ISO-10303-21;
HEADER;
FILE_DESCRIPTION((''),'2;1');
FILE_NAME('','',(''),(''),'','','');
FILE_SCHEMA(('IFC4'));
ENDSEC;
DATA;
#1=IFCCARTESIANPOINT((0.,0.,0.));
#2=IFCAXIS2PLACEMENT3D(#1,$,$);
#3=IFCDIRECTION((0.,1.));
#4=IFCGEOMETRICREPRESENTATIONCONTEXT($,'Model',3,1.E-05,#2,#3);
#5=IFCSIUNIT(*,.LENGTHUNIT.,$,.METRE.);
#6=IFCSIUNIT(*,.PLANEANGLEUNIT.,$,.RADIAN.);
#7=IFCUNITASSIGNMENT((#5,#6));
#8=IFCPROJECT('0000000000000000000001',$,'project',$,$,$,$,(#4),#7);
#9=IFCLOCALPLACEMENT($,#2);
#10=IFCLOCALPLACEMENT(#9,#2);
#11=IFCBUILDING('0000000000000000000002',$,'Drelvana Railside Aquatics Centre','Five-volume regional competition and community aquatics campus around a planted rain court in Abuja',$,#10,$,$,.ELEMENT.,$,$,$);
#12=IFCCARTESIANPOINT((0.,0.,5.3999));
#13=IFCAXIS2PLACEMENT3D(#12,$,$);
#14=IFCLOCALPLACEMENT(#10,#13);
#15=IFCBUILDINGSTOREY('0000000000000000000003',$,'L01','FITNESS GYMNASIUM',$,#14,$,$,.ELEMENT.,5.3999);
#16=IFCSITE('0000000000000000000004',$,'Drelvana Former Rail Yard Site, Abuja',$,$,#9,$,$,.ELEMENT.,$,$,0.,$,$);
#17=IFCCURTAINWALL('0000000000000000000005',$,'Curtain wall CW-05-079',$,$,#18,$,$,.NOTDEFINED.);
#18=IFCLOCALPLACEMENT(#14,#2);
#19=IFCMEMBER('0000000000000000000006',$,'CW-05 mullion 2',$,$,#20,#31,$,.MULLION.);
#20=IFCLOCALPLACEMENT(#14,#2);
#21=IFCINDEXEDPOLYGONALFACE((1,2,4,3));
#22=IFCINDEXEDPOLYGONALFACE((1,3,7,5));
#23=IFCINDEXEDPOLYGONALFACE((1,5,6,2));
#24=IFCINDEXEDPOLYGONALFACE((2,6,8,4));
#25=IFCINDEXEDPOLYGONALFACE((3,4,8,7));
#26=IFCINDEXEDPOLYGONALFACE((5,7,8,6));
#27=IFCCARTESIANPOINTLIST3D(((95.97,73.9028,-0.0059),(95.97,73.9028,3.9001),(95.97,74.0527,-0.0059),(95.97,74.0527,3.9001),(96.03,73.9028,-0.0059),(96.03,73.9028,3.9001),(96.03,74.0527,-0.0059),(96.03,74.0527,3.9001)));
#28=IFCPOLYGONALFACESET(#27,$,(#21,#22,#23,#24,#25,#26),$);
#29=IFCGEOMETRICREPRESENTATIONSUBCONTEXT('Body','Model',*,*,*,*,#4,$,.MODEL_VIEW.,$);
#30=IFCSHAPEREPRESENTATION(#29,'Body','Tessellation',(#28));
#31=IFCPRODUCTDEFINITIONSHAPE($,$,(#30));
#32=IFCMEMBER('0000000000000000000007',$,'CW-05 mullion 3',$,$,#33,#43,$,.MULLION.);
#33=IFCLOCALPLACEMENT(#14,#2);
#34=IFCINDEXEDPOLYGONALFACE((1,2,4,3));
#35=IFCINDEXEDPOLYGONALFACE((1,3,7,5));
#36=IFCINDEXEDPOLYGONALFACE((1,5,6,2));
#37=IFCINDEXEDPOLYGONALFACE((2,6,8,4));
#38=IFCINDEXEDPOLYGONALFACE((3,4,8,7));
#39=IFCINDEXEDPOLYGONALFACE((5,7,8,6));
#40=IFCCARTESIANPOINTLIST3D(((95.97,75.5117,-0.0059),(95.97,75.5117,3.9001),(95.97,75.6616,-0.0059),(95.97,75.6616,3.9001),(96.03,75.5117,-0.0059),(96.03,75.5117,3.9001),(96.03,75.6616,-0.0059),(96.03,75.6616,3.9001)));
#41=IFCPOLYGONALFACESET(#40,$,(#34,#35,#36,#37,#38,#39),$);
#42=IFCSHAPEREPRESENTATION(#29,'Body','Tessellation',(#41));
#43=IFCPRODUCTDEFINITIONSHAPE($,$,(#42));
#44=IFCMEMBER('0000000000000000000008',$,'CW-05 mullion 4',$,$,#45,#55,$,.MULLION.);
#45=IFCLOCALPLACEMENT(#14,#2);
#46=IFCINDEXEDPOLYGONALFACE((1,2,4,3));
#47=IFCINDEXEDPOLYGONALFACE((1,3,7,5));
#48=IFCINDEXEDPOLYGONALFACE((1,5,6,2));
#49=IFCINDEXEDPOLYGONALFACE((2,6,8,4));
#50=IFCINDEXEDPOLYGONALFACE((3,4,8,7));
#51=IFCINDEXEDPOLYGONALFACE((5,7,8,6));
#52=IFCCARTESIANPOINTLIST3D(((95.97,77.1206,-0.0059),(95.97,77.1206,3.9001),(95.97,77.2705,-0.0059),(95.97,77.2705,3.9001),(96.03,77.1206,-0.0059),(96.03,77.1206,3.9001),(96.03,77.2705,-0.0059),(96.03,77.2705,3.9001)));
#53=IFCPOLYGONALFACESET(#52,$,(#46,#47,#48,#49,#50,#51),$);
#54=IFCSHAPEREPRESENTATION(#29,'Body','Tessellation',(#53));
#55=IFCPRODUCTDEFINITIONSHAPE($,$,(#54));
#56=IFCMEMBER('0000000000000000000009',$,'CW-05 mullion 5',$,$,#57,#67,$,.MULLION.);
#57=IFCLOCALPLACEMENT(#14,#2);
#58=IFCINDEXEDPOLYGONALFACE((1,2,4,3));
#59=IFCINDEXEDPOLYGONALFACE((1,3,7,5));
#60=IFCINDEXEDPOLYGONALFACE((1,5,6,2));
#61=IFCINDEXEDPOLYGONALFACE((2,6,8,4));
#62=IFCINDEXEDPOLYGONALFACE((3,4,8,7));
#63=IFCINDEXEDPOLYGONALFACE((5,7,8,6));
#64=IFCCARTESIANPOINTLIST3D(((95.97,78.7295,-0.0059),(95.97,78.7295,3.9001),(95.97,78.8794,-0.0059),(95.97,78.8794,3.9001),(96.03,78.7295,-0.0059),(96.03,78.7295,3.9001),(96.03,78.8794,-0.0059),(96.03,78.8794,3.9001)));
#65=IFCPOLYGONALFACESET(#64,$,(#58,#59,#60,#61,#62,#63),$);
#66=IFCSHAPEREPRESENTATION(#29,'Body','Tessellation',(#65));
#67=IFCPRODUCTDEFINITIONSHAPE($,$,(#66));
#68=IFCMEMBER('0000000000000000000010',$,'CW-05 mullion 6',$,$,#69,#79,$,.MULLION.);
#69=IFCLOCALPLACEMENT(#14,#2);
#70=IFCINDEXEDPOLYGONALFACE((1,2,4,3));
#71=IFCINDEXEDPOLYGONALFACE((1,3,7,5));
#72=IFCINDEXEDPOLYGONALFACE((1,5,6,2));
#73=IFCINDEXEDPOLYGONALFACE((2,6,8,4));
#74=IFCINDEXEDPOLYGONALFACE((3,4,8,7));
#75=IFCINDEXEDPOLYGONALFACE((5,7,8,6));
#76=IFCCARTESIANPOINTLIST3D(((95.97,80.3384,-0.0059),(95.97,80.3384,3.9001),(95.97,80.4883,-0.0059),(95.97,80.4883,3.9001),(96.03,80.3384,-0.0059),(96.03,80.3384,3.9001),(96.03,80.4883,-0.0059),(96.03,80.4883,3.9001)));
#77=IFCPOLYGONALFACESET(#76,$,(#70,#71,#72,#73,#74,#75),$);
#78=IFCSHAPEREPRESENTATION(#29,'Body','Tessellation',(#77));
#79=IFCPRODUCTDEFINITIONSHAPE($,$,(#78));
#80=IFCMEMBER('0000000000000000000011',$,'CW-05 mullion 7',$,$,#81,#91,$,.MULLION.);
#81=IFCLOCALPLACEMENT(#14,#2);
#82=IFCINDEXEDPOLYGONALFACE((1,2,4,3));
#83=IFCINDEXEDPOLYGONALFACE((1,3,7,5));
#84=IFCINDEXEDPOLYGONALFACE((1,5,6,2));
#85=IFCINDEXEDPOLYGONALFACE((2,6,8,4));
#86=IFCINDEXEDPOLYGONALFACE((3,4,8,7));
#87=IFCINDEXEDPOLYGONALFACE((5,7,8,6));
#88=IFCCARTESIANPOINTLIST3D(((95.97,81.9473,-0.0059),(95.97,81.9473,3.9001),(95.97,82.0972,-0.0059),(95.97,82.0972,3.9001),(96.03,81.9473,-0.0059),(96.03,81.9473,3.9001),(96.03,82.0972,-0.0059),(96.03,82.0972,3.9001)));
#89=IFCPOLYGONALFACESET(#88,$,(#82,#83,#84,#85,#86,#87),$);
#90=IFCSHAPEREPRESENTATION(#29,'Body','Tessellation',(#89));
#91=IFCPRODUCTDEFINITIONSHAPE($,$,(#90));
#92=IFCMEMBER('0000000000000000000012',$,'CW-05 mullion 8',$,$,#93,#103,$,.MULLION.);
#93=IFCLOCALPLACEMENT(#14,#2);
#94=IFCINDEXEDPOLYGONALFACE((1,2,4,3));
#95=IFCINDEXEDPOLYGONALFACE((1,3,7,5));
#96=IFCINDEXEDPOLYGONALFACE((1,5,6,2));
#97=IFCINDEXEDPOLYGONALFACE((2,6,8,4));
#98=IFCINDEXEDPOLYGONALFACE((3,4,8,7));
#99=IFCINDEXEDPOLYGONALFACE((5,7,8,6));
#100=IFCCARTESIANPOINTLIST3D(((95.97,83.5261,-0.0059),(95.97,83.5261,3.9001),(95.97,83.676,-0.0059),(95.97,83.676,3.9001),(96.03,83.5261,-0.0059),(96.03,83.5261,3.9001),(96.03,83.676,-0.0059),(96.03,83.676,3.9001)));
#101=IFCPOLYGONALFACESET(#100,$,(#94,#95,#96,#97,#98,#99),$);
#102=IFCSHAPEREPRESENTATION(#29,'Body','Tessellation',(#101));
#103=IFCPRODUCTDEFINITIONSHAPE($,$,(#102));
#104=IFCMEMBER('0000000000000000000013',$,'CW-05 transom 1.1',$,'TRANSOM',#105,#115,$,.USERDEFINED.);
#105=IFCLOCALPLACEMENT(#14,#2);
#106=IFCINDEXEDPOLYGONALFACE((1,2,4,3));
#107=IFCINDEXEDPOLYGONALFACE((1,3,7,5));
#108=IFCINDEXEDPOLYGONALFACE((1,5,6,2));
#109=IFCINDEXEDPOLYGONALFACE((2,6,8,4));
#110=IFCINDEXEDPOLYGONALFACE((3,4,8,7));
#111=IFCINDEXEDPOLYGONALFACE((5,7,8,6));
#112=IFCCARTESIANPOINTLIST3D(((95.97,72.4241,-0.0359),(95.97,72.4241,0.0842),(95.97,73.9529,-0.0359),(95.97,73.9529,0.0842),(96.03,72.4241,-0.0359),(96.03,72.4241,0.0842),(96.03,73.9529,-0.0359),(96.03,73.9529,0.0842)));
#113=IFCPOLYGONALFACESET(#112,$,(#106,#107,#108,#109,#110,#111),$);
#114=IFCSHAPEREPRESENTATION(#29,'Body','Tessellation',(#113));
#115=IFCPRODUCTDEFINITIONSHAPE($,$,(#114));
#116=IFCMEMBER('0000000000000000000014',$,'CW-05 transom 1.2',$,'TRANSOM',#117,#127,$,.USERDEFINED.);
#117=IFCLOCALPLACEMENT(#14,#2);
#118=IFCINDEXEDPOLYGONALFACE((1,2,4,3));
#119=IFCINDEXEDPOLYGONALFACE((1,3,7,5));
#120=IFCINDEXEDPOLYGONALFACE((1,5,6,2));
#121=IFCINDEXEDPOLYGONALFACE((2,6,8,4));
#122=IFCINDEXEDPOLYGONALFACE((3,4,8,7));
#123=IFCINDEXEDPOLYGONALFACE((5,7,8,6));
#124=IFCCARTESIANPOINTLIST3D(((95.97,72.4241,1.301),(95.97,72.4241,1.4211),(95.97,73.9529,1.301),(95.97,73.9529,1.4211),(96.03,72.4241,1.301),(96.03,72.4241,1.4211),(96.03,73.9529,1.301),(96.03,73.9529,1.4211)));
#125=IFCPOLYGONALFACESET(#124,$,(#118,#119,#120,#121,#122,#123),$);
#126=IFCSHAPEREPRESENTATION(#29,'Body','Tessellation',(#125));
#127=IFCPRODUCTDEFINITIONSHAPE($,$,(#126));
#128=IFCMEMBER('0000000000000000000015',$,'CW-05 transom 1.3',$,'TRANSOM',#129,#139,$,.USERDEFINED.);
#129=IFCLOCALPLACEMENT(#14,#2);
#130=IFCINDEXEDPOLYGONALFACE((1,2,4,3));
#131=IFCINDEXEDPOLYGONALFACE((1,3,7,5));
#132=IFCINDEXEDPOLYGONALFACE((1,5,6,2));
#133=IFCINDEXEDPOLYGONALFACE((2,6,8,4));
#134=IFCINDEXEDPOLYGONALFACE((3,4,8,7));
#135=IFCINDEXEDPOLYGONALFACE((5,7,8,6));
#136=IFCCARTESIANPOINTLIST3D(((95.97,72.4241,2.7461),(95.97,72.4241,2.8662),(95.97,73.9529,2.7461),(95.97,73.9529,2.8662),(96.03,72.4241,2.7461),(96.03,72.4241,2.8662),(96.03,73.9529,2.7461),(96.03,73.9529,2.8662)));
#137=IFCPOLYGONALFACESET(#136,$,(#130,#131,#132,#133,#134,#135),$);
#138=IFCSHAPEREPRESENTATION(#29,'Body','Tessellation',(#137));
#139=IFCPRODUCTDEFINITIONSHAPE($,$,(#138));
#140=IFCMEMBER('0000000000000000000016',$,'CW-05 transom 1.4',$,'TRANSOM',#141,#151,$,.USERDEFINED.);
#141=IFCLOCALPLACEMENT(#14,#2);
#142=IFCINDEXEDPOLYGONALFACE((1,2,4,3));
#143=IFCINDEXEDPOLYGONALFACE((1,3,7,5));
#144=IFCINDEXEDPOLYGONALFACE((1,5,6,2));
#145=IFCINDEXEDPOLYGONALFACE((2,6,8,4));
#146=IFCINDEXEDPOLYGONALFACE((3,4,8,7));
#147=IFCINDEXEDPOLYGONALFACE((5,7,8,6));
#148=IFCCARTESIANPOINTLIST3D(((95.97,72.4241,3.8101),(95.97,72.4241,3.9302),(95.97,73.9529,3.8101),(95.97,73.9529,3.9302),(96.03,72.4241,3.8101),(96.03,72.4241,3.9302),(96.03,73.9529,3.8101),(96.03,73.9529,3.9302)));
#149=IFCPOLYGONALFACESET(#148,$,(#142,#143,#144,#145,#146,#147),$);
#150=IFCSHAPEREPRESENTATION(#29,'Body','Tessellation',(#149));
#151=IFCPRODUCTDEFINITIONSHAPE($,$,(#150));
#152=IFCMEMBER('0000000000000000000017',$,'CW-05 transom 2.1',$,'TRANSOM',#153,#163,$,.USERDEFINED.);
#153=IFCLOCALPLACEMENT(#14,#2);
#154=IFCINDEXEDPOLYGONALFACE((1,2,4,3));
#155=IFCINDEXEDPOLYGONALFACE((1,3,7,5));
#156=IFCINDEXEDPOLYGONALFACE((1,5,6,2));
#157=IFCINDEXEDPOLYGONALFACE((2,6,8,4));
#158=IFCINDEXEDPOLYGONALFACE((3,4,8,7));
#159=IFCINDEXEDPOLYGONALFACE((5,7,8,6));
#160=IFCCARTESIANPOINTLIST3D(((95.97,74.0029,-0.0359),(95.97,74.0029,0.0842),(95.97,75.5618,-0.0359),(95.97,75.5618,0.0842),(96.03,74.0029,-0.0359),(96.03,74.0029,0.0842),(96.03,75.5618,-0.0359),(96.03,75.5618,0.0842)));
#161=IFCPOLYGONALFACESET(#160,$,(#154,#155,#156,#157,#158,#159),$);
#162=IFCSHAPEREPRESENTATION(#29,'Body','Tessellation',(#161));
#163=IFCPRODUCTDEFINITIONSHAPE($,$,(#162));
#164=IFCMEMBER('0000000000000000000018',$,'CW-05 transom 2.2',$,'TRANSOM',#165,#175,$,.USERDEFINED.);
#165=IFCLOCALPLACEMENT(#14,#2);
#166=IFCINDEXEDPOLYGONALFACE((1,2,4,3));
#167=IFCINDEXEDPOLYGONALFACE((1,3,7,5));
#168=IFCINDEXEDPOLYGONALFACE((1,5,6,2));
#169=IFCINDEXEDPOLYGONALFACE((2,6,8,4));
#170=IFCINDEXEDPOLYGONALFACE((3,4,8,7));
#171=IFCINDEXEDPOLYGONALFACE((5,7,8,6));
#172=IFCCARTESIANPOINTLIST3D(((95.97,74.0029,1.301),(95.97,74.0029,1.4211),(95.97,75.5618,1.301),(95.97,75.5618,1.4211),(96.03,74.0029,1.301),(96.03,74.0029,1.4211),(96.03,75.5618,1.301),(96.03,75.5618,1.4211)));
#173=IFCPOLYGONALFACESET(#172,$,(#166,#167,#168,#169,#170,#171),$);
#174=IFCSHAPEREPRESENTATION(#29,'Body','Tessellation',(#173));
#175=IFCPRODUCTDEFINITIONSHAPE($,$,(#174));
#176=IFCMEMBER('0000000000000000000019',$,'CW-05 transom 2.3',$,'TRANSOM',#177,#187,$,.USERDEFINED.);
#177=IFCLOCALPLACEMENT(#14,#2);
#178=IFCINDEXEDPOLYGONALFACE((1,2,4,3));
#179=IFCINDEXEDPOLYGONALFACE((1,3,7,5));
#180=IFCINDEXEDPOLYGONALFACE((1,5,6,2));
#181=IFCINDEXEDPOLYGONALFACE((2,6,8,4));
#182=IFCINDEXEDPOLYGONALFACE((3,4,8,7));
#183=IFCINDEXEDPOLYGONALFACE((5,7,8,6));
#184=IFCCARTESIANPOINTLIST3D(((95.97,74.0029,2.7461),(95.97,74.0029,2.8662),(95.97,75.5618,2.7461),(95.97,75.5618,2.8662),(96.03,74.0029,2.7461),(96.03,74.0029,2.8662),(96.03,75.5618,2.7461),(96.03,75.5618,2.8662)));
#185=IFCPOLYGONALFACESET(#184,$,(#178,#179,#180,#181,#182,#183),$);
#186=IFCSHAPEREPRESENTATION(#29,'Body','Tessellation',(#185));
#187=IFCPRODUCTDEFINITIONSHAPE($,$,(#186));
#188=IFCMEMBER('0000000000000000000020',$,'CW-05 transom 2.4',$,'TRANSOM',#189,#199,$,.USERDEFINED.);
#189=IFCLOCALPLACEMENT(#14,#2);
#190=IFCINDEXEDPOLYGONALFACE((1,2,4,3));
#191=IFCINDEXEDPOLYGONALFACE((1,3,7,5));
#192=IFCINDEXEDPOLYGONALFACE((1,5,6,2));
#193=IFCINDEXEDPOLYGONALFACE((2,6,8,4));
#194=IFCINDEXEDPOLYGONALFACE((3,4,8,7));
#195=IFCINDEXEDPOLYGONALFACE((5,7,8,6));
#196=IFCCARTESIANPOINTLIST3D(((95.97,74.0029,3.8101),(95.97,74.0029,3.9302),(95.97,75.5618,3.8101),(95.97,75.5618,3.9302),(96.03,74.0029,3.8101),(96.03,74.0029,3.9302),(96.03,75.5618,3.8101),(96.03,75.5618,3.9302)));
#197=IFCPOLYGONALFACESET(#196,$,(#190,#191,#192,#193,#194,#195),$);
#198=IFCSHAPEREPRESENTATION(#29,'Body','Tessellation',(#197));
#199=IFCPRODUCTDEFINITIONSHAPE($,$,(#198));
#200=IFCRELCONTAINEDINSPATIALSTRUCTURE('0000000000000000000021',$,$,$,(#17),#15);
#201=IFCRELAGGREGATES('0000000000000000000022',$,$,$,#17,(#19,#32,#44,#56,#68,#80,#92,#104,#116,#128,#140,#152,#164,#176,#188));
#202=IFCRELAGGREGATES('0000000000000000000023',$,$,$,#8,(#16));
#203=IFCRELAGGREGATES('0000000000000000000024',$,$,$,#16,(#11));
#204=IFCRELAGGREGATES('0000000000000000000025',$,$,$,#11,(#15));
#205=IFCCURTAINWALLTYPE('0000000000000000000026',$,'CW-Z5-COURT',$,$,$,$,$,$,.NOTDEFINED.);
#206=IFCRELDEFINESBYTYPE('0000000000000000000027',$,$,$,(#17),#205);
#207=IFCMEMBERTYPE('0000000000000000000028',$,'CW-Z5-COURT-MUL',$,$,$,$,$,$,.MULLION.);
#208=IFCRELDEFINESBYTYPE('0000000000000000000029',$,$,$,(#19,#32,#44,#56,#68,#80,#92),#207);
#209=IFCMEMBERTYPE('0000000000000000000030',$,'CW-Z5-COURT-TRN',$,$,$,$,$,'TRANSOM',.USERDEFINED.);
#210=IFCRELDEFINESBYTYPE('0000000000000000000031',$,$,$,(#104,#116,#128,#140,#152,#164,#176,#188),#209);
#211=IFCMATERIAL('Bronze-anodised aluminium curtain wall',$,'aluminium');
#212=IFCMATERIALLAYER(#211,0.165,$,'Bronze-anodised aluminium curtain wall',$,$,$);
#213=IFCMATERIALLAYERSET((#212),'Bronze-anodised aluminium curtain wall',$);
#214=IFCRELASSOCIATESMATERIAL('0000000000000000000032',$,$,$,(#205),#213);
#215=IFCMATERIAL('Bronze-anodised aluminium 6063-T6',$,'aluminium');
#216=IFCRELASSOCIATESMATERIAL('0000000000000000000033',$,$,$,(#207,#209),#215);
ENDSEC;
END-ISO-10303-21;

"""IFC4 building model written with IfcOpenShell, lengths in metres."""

from ifc_helpers import new_model, si_unit, direction, frame, origin, origin_2d, place, context, subcontext, project, spatial, rectangle, extrude, material, layer, layer_set, material_profile, profile_set, type_object, element, aggregate, save


model = new_model("IFC4")

# Units and contexts
model_context = context("Model", 3, precision=1e-05, world=origin(), true_north=direction((0.0, 1.0)))
body_context = subcontext(model_context, "Body", "Model", "MODEL_VIEW")
ifc_project = project(units=[si_unit("LENGTHUNIT", "METRE"), si_unit("PLANEANGLEUNIT", "RADIAN")], contexts=[model_context])

# Site, building, storey
site_placement = place(None, origin())
site = spatial("IfcSite", under=ifc_project, at=site_placement, Name="Drelvana Former Rail Yard Site, Abuja", CompositionType="ELEMENT", RefElevation=0.0)
building_placement = place(site_placement, origin())
building = spatial("IfcBuilding", under=site, at=building_placement, Name="Drelvana Railside Aquatics Centre", Description="Five-volume regional competition and community aquatics campus around a planted rain court in Abuja", CompositionType="ELEMENT")
storey_placement = place(building_placement, frame((0.0, 0.0, 5.3999)))
storey = spatial("IfcBuildingStorey", under=building, at=storey_placement, Name="L01", Description="FITNESS GYMNASIUM", CompositionType="ELEMENT", Elevation=5.3999)

# Curtain wall, members
ifc_material_1 = material(Name="Bronze-anodised aluminium curtain wall", Category="aluminium")
ifc_layer_1 = layer(ifc_material_1, 0.165, Name="Bronze-anodised aluminium curtain wall")
ifc_layer_set_1 = layer_set([ifc_layer_1], Name="Bronze-anodised aluminium curtain wall")
curtain_wall_type = type_object("IfcCurtainWallType", Name="CW-Z5-COURT", PredefinedType="NOTDEFINED", material=ifc_layer_set_1)
curtain_wall_placement = place(storey_placement, origin())
curtain_wall = element("IfcCurtainWall", 1, at=curtain_wall_placement, inside=storey, type_object=curtain_wall_type, Name="Curtain wall CW-05-079", PredefinedType="NOTDEFINED")
ifc_material_2 = material(Name="Bronze-anodised aluminium 6063-T6", Category="aluminium")
ifc_material_profile_1 = material_profile(ifc_material_2, rectangle(XDim=0.0601, YDim=0.1499, at=origin_2d()), Name="ALU-M 60x150")
ifc_profile_set_1 = profile_set([ifc_material_profile_1], Name="Bronze-anodised aluminium 6063-T6")
member_type_1 = type_object("IfcMemberType", Name="CW-Z5-COURT-MUL", PredefinedType="MULLION", material=ifc_profile_set_1)
member_1_placement = place(storey_placement, frame((96.0, 73.9778, -0.0059), z_axis=(0.0, 0.0, 1.0), x_axis=(-1.0, 0.0, 0.0)))
member_1 = element("IfcMember", 2, at=member_1_placement, type_object=member_type_1, Name="CW-05 mullion 2", PredefinedType="MULLION", context=body_context, shape_type="SweptSolid", body=[
    extrude(rectangle(XDim=0.0601, YDim=0.1499, at=origin_2d()), origin(), (0.0, 0.0, 1.0), 3.906),
])
member_2_placement = place(storey_placement, frame((96.0, 75.5867, -0.0059), z_axis=(0.0, 0.0, 1.0), x_axis=(-1.0, 0.0, 0.0)))
member_2 = element("IfcMember", 3, at=member_2_placement, type_object=member_type_1, Name="CW-05 mullion 3", PredefinedType="MULLION", context=body_context, shape_type="SweptSolid", body=[
    extrude(rectangle(XDim=0.0601, YDim=0.1499, at=origin_2d()), origin(), (0.0, 0.0, 1.0), 3.906),
])
member_3_placement = place(storey_placement, frame((96.0, 77.1956, -0.0059), z_axis=(0.0, 0.0, 1.0), x_axis=(-1.0, 0.0, 0.0)))
member_3 = element("IfcMember", 4, at=member_3_placement, type_object=member_type_1, Name="CW-05 mullion 4", PredefinedType="MULLION", context=body_context, shape_type="SweptSolid", body=[
    extrude(rectangle(XDim=0.0601, YDim=0.1499, at=origin_2d()), origin(), (0.0, 0.0, 1.0), 3.906),
])
member_4_placement = place(storey_placement, frame((96.0, 78.8044, -0.0059), z_axis=(0.0, 0.0, 1.0), x_axis=(-1.0, 0.0, 0.0)))
member_4 = element("IfcMember", 5, at=member_4_placement, type_object=member_type_1, Name="CW-05 mullion 5", PredefinedType="MULLION", context=body_context, shape_type="SweptSolid", body=[
    extrude(rectangle(XDim=0.0601, YDim=0.1499, at=origin_2d()), origin(), (0.0, 0.0, 1.0), 3.906),
])
member_5_placement = place(storey_placement, frame((96.0, 80.4133, -0.0059), z_axis=(0.0, 0.0, 1.0), x_axis=(-1.0, 0.0, 0.0)))
member_5 = element("IfcMember", 6, at=member_5_placement, type_object=member_type_1, Name="CW-05 mullion 6", PredefinedType="MULLION", context=body_context, shape_type="SweptSolid", body=[
    extrude(rectangle(XDim=0.0601, YDim=0.1499, at=origin_2d()), origin(), (0.0, 0.0, 1.0), 3.906),
])
member_6_placement = place(storey_placement, frame((96.0, 82.0222, -0.0059), z_axis=(0.0, 0.0, 1.0), x_axis=(-1.0, 0.0, 0.0)))
member_6 = element("IfcMember", 7, at=member_6_placement, type_object=member_type_1, Name="CW-05 mullion 7", PredefinedType="MULLION", context=body_context, shape_type="SweptSolid", body=[
    extrude(rectangle(XDim=0.0601, YDim=0.1499, at=origin_2d()), origin(), (0.0, 0.0, 1.0), 3.906),
])
member_7_placement = place(storey_placement, frame((96.0, 83.6011, -0.0059), z_axis=(0.0, 0.0, 1.0), x_axis=(-1.0, 0.0, 0.0)))
member_7 = element("IfcMember", 8, at=member_7_placement, type_object=member_type_1, Name="CW-05 mullion 8", PredefinedType="MULLION", context=body_context, shape_type="SweptSolid", body=[
    extrude(rectangle(XDim=0.0601, YDim=0.1499, at=origin_2d()), origin(), (0.0, 0.0, 1.0), 3.906),
])
ifc_material_profile_2 = material_profile(ifc_material_2, rectangle(XDim=0.1201, YDim=0.0601, at=origin_2d()), Name="ALU-T 60x120")
ifc_profile_set_2 = profile_set([ifc_material_profile_2], Name="Bronze-anodised aluminium 6063-T6")
member_type_2 = type_object("IfcMemberType", Name="CW-Z5-COURT-TRN", ElementType="TRANSOM", PredefinedType="USERDEFINED", material=ifc_profile_set_2)
member_8_placement = place(storey_placement, frame((96.0, 72.4241, 0.0242), z_axis=(0.0, 1.0, 0.0), x_axis=(0.0, 0.0, 1.0)))
member_8 = element("IfcMember", 9, at=member_8_placement, type_object=member_type_2, Name="CW-05 transom 1.1", ObjectType="TRANSOM", PredefinedType="USERDEFINED", context=body_context, shape_type="SweptSolid", body=[
    extrude(rectangle(XDim=0.1201, YDim=0.0601, at=origin_2d()), origin(), (0.0, 0.0, 1.0), 1.5288),
])
member_9_placement = place(storey_placement, frame((96.0, 72.4241, 1.3611), z_axis=(0.0, 1.0, 0.0), x_axis=(0.0, 0.0, 1.0)))
member_9 = element("IfcMember", 10, at=member_9_placement, type_object=member_type_2, Name="CW-05 transom 1.2", ObjectType="TRANSOM", PredefinedType="USERDEFINED", context=body_context, shape_type="SweptSolid", body=[
    extrude(rectangle(XDim=0.1201, YDim=0.0601, at=origin_2d()), origin(), (0.0, 0.0, 1.0), 1.5288),
])
member_10_placement = place(storey_placement, frame((96.0, 72.4241, 2.8062), z_axis=(0.0, 1.0, 0.0), x_axis=(0.0, 0.0, 1.0)))
member_10 = element("IfcMember", 11, at=member_10_placement, type_object=member_type_2, Name="CW-05 transom 1.3", ObjectType="TRANSOM", PredefinedType="USERDEFINED", context=body_context, shape_type="SweptSolid", body=[
    extrude(rectangle(XDim=0.1201, YDim=0.0601, at=origin_2d()), origin(), (0.0, 0.0, 1.0), 1.5288),
])
member_11_placement = place(storey_placement, frame((96.0, 72.4241, 3.8701), z_axis=(0.0, 1.0, 0.0), x_axis=(0.0, 0.0, 1.0)))
member_11 = element("IfcMember", 12, at=member_11_placement, type_object=member_type_2, Name="CW-05 transom 1.4", ObjectType="TRANSOM", PredefinedType="USERDEFINED", context=body_context, shape_type="SweptSolid", body=[
    extrude(rectangle(XDim=0.1201, YDim=0.0601, at=origin_2d()), origin(), (0.0, 0.0, 1.0), 1.5288),
])
member_12_placement = place(storey_placement, frame((96.0, 74.0029, 0.0242), z_axis=(0.0, 1.0, 0.0), x_axis=(0.0, 0.0, 1.0)))
member_12 = element("IfcMember", 13, at=member_12_placement, type_object=member_type_2, Name="CW-05 transom 2.1", ObjectType="TRANSOM", PredefinedType="USERDEFINED", context=body_context, shape_type="SweptSolid", body=[
    extrude(rectangle(XDim=0.1201, YDim=0.0601, at=origin_2d()), origin(), (0.0, 0.0, 1.0), 1.5588),
])
member_13_placement = place(storey_placement, frame((96.0, 74.0029, 1.3611), z_axis=(0.0, 1.0, 0.0), x_axis=(0.0, 0.0, 1.0)))
member_13 = element("IfcMember", 14, at=member_13_placement, type_object=member_type_2, Name="CW-05 transom 2.2", ObjectType="TRANSOM", PredefinedType="USERDEFINED", context=body_context, shape_type="SweptSolid", body=[
    extrude(rectangle(XDim=0.1201, YDim=0.0601, at=origin_2d()), origin(), (0.0, 0.0, 1.0), 1.5588),
])
member_14_placement = place(storey_placement, frame((96.0, 74.0029, 2.8062), z_axis=(0.0, 1.0, 0.0), x_axis=(0.0, 0.0, 1.0)))
member_14 = element("IfcMember", 15, at=member_14_placement, type_object=member_type_2, Name="CW-05 transom 2.3", ObjectType="TRANSOM", PredefinedType="USERDEFINED", context=body_context, shape_type="SweptSolid", body=[
    extrude(rectangle(XDim=0.1201, YDim=0.0601, at=origin_2d()), origin(), (0.0, 0.0, 1.0), 1.5588),
])
member_15_placement = place(storey_placement, frame((96.0, 74.0029, 3.8701), z_axis=(0.0, 1.0, 0.0), x_axis=(0.0, 0.0, 1.0)))
member_15 = element("IfcMember", 16, at=member_15_placement, type_object=member_type_2, Name="CW-05 transom 2.4", ObjectType="TRANSOM", PredefinedType="USERDEFINED", context=body_context, shape_type="SweptSolid", body=[
    extrude(rectangle(XDim=0.1201, YDim=0.0601, at=origin_2d()), origin(), (0.0, 0.0, 1.0), 1.5588),
])

aggregate(curtain_wall, [member_1, member_2, member_3, member_4, member_5, member_6, member_7, member_8, member_9, member_10, member_11, member_12, member_13, member_14, member_15])

save(model, "model.ifc")
